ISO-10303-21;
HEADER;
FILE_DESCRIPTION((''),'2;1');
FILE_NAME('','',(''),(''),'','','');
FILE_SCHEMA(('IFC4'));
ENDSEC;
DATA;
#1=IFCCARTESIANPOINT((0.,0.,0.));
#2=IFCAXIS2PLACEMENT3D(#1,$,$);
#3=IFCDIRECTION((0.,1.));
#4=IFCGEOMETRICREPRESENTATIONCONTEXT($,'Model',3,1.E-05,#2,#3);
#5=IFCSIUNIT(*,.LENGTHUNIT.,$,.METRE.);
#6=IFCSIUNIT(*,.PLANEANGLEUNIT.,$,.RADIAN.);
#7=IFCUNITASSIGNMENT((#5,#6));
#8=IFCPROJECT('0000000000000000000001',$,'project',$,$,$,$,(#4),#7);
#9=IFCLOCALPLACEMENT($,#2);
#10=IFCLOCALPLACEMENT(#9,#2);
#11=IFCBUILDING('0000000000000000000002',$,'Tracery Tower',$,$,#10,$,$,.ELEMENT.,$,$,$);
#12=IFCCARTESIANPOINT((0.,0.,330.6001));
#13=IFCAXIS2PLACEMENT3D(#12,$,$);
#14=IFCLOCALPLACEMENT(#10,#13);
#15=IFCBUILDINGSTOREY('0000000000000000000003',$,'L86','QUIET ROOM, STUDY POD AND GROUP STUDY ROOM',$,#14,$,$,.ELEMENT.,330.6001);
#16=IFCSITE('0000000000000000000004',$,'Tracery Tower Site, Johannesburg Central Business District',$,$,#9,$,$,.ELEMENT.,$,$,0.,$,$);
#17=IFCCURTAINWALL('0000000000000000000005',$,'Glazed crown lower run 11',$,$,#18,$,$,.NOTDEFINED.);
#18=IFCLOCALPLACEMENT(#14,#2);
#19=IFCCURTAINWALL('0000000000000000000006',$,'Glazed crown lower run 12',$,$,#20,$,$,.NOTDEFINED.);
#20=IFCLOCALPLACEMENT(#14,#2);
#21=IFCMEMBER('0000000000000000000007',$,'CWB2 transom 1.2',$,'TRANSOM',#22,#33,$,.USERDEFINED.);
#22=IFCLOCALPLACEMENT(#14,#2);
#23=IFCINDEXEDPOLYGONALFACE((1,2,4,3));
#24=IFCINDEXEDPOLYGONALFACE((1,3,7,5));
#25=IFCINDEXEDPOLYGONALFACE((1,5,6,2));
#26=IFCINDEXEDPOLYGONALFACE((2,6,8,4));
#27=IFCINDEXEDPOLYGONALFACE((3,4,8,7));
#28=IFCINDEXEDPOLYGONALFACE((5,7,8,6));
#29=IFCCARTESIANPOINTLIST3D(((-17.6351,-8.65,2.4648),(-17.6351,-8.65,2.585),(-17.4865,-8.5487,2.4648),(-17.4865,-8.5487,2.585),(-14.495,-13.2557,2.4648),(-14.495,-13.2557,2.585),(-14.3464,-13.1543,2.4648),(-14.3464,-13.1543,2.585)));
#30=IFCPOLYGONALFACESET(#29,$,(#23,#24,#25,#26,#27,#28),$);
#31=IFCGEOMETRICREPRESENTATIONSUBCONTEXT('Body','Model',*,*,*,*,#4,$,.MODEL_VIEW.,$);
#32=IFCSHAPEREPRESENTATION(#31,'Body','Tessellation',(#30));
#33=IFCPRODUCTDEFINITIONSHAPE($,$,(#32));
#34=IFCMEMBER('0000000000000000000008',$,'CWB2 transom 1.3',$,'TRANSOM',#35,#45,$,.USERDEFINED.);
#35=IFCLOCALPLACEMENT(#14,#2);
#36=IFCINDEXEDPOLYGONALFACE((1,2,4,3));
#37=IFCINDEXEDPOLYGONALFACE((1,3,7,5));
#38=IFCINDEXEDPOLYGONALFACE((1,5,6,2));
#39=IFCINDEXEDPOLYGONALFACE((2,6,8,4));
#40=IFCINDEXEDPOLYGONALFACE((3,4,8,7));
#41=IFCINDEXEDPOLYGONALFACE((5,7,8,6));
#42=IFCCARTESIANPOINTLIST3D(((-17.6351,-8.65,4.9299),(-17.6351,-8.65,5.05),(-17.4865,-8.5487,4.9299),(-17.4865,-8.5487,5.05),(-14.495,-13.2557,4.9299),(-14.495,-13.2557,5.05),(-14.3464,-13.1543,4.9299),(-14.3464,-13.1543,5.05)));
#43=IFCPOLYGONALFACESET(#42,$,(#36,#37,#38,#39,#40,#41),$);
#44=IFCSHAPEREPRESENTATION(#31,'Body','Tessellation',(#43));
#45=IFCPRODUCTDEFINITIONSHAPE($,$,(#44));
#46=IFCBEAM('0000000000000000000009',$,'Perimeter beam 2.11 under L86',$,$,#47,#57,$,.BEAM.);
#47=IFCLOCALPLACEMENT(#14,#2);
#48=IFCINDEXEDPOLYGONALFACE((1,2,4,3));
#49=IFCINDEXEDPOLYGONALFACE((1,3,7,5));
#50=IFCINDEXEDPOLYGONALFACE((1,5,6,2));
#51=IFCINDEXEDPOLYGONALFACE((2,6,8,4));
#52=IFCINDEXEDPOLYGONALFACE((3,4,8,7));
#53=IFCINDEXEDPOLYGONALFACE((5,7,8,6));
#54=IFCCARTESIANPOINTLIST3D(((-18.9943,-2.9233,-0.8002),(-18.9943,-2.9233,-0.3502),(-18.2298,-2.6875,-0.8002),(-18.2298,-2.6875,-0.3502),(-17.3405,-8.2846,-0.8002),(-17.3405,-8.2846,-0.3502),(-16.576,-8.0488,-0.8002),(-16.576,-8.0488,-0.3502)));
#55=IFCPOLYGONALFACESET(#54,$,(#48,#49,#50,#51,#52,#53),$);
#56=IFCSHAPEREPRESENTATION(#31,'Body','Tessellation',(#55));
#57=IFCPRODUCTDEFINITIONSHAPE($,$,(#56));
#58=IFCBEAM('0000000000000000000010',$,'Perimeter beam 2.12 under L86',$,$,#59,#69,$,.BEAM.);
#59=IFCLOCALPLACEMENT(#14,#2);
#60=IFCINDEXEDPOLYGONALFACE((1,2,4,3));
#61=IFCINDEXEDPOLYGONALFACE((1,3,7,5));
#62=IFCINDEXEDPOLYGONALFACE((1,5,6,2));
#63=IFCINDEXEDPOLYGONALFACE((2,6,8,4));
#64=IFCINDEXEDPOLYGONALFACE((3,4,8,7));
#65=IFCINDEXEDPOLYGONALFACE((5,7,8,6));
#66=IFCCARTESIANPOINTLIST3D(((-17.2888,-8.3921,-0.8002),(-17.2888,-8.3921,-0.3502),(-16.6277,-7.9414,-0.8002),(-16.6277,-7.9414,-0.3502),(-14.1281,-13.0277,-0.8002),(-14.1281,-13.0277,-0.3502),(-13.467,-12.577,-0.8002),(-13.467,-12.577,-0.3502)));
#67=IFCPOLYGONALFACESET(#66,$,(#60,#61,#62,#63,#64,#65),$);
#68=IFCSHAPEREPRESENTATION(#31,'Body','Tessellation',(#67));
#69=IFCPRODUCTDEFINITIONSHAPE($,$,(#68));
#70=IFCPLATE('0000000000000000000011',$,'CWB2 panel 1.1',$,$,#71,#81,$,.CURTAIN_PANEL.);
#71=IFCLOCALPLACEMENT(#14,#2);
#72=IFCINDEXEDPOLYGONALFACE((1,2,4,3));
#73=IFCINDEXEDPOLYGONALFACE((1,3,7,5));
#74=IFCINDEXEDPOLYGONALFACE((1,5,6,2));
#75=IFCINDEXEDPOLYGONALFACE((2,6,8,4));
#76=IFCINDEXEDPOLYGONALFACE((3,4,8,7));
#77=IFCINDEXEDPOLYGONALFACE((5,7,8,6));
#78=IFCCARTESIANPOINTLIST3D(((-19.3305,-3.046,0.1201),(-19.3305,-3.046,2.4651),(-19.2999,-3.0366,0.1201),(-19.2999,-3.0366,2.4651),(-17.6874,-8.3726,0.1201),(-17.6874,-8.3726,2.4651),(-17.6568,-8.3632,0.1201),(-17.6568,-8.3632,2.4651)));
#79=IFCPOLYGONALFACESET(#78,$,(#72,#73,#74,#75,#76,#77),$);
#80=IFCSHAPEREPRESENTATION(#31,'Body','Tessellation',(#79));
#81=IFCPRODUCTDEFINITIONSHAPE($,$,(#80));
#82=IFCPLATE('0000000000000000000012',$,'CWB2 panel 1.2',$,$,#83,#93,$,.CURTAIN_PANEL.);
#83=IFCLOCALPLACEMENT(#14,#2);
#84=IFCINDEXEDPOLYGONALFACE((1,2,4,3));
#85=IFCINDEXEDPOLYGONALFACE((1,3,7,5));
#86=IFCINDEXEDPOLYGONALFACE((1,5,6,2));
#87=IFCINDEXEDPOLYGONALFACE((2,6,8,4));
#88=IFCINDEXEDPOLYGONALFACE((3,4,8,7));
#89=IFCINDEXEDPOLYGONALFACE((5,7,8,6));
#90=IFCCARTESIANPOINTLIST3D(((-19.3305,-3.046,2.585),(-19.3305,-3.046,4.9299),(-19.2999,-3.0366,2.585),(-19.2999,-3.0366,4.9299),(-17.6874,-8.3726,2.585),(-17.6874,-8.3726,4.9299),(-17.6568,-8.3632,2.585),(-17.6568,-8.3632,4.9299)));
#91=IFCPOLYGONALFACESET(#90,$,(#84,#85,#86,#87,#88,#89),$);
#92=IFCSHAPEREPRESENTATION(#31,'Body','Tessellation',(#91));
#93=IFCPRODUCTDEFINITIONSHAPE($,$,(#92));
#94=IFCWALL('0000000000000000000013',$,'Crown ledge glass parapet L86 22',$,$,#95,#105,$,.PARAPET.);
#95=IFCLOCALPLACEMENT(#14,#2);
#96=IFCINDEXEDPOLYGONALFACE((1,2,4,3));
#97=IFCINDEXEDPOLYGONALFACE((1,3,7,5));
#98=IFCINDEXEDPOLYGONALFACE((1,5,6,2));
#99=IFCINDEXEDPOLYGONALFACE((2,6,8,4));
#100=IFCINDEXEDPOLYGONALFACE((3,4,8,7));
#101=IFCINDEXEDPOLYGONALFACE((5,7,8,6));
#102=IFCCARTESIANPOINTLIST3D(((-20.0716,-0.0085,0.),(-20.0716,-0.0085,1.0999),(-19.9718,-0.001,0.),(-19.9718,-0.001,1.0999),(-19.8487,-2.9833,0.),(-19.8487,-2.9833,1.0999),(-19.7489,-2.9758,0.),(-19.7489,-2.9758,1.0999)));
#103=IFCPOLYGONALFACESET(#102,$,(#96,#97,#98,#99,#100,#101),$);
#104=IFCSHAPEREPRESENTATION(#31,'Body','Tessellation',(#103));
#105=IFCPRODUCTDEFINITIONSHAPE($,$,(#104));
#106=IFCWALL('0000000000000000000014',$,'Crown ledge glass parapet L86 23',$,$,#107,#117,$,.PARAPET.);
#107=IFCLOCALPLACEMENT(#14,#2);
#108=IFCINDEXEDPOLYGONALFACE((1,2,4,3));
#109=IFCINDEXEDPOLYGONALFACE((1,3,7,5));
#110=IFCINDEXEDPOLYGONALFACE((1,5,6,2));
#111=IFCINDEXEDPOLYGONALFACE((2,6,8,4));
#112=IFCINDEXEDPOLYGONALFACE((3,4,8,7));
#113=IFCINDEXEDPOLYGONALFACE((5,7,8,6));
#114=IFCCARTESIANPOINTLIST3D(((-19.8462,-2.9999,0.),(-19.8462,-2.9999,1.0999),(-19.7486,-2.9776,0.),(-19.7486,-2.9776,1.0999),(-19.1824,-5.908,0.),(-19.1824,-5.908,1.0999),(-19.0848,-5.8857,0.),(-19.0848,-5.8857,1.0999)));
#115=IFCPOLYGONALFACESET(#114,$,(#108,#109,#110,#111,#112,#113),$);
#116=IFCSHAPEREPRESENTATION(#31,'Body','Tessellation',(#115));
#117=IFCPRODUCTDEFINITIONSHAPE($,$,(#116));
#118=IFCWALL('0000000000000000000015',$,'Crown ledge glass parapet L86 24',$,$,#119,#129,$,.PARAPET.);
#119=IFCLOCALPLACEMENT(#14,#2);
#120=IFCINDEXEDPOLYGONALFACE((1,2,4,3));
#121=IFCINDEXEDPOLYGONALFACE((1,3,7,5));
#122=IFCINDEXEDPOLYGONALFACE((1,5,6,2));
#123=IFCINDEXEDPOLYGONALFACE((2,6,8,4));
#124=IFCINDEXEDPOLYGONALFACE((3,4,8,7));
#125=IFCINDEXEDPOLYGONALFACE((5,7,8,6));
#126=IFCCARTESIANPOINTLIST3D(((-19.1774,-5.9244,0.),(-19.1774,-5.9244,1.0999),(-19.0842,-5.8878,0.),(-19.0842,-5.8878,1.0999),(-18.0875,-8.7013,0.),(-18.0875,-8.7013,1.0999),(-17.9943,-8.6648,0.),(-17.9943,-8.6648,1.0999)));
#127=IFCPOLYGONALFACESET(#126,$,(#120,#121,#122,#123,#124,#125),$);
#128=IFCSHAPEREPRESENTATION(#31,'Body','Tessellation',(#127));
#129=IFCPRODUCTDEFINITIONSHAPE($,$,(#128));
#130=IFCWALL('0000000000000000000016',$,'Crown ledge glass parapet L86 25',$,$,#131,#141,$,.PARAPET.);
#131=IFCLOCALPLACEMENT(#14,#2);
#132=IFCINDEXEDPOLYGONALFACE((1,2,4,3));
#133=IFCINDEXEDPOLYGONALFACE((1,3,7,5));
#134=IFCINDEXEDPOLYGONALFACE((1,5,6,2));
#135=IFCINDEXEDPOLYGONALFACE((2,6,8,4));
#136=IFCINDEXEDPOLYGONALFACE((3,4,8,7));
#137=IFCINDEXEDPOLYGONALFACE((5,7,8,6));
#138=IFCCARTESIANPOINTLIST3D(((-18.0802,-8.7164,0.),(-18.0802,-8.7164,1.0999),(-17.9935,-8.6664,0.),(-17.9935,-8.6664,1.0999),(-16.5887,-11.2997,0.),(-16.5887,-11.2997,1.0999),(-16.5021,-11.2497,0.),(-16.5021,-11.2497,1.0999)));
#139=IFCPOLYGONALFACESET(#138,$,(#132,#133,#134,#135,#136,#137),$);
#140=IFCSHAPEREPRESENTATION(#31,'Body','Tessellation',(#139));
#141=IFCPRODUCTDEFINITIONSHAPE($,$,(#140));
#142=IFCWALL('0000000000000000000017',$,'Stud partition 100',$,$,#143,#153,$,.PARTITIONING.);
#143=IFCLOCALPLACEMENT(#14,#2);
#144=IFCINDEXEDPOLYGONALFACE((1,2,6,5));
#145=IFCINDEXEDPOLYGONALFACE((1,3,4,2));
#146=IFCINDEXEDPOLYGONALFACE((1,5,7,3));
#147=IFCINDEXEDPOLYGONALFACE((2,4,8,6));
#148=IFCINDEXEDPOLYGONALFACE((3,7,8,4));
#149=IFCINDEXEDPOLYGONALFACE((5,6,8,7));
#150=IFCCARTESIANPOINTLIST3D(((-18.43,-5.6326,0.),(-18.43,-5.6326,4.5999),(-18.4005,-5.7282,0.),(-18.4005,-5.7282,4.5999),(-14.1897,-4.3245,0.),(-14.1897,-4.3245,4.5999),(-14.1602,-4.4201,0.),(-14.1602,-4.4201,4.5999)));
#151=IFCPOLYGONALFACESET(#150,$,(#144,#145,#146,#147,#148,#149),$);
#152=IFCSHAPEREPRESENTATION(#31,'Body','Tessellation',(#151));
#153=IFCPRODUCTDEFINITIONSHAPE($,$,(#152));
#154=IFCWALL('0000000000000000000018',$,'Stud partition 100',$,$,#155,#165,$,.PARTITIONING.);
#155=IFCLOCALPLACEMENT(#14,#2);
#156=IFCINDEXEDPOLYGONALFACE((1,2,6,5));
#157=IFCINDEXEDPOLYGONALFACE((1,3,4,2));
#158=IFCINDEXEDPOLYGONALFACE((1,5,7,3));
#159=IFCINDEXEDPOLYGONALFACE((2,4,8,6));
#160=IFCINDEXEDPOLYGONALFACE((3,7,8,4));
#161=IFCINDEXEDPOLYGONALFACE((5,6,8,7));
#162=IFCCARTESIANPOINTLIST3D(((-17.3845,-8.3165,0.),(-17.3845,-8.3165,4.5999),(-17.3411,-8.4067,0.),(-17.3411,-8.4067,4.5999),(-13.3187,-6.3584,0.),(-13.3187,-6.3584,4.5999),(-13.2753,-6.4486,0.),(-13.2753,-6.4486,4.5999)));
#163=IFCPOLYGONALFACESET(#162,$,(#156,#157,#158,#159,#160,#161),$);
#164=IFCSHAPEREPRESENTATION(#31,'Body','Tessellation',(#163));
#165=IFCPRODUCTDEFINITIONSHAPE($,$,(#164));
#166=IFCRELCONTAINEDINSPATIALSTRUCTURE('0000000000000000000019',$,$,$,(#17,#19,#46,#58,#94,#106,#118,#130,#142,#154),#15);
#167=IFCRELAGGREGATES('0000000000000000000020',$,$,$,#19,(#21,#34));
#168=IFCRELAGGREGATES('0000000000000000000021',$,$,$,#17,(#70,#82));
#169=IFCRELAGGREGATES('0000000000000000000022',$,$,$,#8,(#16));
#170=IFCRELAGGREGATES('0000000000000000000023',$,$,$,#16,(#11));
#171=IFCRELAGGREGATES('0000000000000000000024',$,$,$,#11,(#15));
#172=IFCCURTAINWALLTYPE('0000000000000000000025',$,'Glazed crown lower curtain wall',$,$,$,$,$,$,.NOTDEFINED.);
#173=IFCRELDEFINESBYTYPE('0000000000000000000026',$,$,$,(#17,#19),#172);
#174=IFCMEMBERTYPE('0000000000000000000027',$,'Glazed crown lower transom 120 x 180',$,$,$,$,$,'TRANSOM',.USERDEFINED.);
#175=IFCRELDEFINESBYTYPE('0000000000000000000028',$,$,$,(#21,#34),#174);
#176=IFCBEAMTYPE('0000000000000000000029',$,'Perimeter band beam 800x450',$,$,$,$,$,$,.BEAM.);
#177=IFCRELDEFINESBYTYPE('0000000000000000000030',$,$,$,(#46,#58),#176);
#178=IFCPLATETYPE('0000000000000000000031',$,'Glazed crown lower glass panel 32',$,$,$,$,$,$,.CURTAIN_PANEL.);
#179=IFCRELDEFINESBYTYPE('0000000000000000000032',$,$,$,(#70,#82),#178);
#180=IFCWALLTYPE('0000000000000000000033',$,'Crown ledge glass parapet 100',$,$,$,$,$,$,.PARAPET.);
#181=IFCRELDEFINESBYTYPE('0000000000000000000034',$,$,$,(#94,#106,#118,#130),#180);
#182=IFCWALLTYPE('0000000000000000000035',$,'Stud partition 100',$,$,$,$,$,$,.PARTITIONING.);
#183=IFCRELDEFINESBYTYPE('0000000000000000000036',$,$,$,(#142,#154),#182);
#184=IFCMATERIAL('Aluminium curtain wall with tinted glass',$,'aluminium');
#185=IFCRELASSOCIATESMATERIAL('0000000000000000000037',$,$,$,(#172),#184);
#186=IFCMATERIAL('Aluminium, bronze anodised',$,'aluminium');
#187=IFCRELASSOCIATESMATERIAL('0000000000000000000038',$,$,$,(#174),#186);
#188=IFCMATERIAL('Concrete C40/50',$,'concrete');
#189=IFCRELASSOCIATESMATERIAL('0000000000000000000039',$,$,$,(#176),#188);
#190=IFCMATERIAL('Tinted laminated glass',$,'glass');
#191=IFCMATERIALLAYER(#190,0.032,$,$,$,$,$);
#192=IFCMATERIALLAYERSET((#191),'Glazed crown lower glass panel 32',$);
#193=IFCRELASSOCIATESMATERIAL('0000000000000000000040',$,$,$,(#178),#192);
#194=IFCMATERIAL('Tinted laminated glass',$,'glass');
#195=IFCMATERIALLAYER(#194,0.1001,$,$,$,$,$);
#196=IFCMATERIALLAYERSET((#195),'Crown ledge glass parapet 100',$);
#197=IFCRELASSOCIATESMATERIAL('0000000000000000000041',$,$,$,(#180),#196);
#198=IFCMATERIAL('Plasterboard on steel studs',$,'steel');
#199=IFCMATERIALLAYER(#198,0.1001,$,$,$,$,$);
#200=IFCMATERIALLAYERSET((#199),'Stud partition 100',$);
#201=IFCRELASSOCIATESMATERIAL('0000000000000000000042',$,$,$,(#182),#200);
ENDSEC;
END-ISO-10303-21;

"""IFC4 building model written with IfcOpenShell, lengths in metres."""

from ifc_helpers import new_model, si_unit, direction, frame, frame_2d, origin, origin_2d, place, context, subcontext, project, spatial, rectangle, extrude, material, layer, layer_set, material_profile, profile_set, type_object, element, aggregate, save


model = new_model("IFC4")

# Units and contexts
model_context = context("Model", 3, precision=1e-05, world=origin(), true_north=direction((0.0, 1.0)))
body_context = subcontext(model_context, "Body", "Model", "MODEL_VIEW")
ifc_project = project(units=[si_unit("LENGTHUNIT", "METRE"), si_unit("PLANEANGLEUNIT", "RADIAN")], contexts=[model_context])

# Site, building, storey
site_placement = place(None, origin())
site = spatial("IfcSite", under=ifc_project, at=site_placement, Name="Tracery Tower Site, Johannesburg Central Business District", CompositionType="ELEMENT", RefElevation=0.0)
building_placement = place(site_placement, origin())
building = spatial("IfcBuilding", under=site, at=building_placement, Name="Tracery Tower", CompositionType="ELEMENT")
storey_placement = place(building_placement, frame((0.0, 0.0, 330.6001)))
storey = spatial("IfcBuildingStorey", under=building, at=storey_placement, Name="L86", Description="QUIET ROOM, STUDY POD AND GROUP STUDY ROOM", CompositionType="ELEMENT", Elevation=330.6001)

# Shared definitions
ifc_material_1 = material(Name="Aluminium curtain wall with tinted glass", Category="aluminium")
curtain_wall_type = type_object("IfcCurtainWallType", Name="Glazed crown lower curtain wall", PredefinedType="NOTDEFINED", material=ifc_material_1)

# Curtain wall
curtain_wall_1_placement = place(storey_placement, origin())
curtain_wall_1 = element("IfcCurtainWall", 1, at=curtain_wall_1_placement, inside=storey, type_object=curtain_wall_type, Name="Glazed crown lower run 11", PredefinedType="NOTDEFINED")

# Curtain wall
curtain_wall_2_placement = place(storey_placement, origin())
curtain_wall_2 = element("IfcCurtainWall", 2, at=curtain_wall_2_placement, inside=storey, type_object=curtain_wall_type, Name="Glazed crown lower run 12", PredefinedType="NOTDEFINED")

# Members
ifc_material_2 = material(Name="Aluminium, bronze anodised", Category="aluminium")
ifc_material_profile_1 = material_profile(ifc_material_2, rectangle(XDim=0.1799, YDim=0.1201, at=origin_2d()), Name="Glazed crown lower transom 120 x 180")
ifc_profile_set_1 = profile_set([ifc_material_profile_1], Name="Aluminium, bronze anodised")
member_type_1 = type_object("IfcMemberType", Name="Glazed crown lower transom 120 x 180", ElementType="TRANSOM", PredefinedType="USERDEFINED", material=ifc_profile_set_1)
member_1_placement = place(storey_placement, frame((-17.5608, -8.5994, 2.5249), z_axis=(0.563322, -0.826238, 0.0), x_axis=(0.826238, 0.563322, 0.0)))
member_1 = element("IfcMember", 3, at=member_1_placement, type_object=member_type_1, Name="CWB2 transom 1.2", ObjectType="TRANSOM", PredefinedType="USERDEFINED", context=body_context, shape_type="SweptSolid", body=[
    extrude(rectangle(XDim=0.1799, YDim=0.1201, at=origin_2d()), origin(), (0.0, 0.0, 1.0), 5.5742),
])
member_2_placement = place(storey_placement, frame((-17.5608, -8.5994, 4.99), z_axis=(0.563322, -0.826238, 0.0), x_axis=(0.826238, 0.563322, 0.0)))
member_2 = element("IfcMember", 4, at=member_2_placement, type_object=member_type_1, Name="CWB2 transom 1.3", ObjectType="TRANSOM", PredefinedType="USERDEFINED", context=body_context, shape_type="SweptSolid", body=[
    extrude(rectangle(XDim=0.1799, YDim=0.1201, at=origin_2d()), origin(), (0.0, 0.0, 1.0), 5.5742),
])
aggregate(curtain_wall_2, [member_1, member_2])

# Beams
ifc_material_3 = material(Name="Concrete C40/50", Category="concrete")
ifc_material_profile_2 = material_profile(ifc_material_3, rectangle(XDim=0.8, YDim=0.45, at=origin_2d()), Name="RC 800x450")
ifc_profile_set_2 = profile_set([ifc_material_profile_2], Name="Concrete C40/50")
beam_type = type_object("IfcBeamType", Name="Perimeter band beam 800x450", PredefinedType="BEAM", material=ifc_profile_set_2)
for number, where, z_axis, x_axis, name in (
    (5, (-18.6121, -2.8054, -0.5752), (0.294765, -0.95557, 0.0), (0.95557, 0.294765, 0.0), "Perimeter beam 2.11 under L86"),
    (6, (-16.9583, -8.1667, -0.5752), (0.563346, -0.826221, 0.0), (0.826221, 0.563346, 0.0), "Perimeter beam 2.12 under L86"),
):
    element("IfcBeam", number, at=place(storey_placement, frame(where, z_axis=z_axis, x_axis=x_axis)), inside=storey, type_object=beam_type, Name=name, PredefinedType="BEAM", context=body_context, shape_type="SweptSolid", body=[
        extrude(rectangle(XDim=0.8, YDim=0.45, at=origin_2d()), origin(), (0.0, 0.0, 1.0), 5.6106),
    ])

# Plates
ifc_material_4 = material(Name="Tinted laminated glass", Category="glass")
ifc_layer_1 = layer(ifc_material_4, 0.032)
ifc_layer_set_1 = layer_set([ifc_layer_1], Name="Glazed crown lower glass panel 32")
plate_type = type_object("IfcPlateType", Name="Glazed crown lower glass panel 32", PredefinedType="CURTAIN_PANEL", material=ifc_layer_set_1)
plate_1_placement = place(storey_placement, frame((-18.4937, -5.7046, 0.1201), z_axis=(0.0, 0.0, 1.0), x_axis=(0.294761, -0.955571, 0.0)))
plate_1 = element("IfcPlate", 7, at=plate_1_placement, type_object=plate_type, Name="CWB2 panel 1.1", PredefinedType="CURTAIN_PANEL", context=body_context, shape_type="SweptSolid", body=[
    extrude(rectangle(XDim=5.5742, YDim=0.032, at=origin_2d()), origin(), (0.0, 0.0, 1.0), 2.345),
])
plate_2_placement = place(storey_placement, frame((-18.4937, -5.7046, 2.585), z_axis=(0.0, 0.0, 1.0), x_axis=(0.294761, -0.955571, 0.0)))
plate_2 = element("IfcPlate", 8, at=plate_2_placement, type_object=plate_type, Name="CWB2 panel 1.2", PredefinedType="CURTAIN_PANEL", context=body_context, shape_type="SweptSolid", body=[
    extrude(rectangle(XDim=5.5742, YDim=0.032, at=origin_2d()), origin(), (0.0, 0.0, 1.0), 2.345),
])
aggregate(curtain_wall_1, [plate_1, plate_2])

# Walls
ifc_material_5 = material(Name="Tinted laminated glass", Category="glass")
ifc_layer_2 = layer(ifc_material_5, 0.1001)
ifc_layer_set_2 = layer_set([ifc_layer_2], Name="Crown ledge glass parapet 100")
wall_type_1 = type_object("IfcWallType", Name="Crown ledge glass parapet 100", PredefinedType="PARAPET", material=ifc_layer_set_2)
wall_1_placement = place(storey_placement, frame((-20.0217, -0.0046, 0.0), z_axis=(0.0, 0.0, 1.0), x_axis=(0.074719, -0.997205, 0.0)))
element("IfcWall", 9, at=wall_1_placement, inside=storey, type_object=wall_type_1, Name="Crown ledge glass parapet L86 22", PredefinedType="PARAPET", context=body_context, shape_type="SweptSolid", body=[
    extrude(rectangle(XDim=2.9832, YDim=0.1001, at=frame_2d((1.4917, 0.0))), origin(), (0.0, 0.0, 1.0), 1.0999),
])
wall_2_placement = place(storey_placement, frame((-19.7974, -2.9888, 0.0), z_axis=(0.0, 0.0, 1.0), x_axis=(0.222534, -0.974925, 0.0)))
element("IfcWall", 10, at=wall_2_placement, inside=storey, type_object=wall_type_1, Name="Crown ledge glass parapet L86 23", PredefinedType="PARAPET", context=body_context, shape_type="SweptSolid", body=[
    extrude(rectangle(XDim=2.9829, YDim=0.1001, at=frame_2d((1.4915, 0.0))), origin(), (0.0, 0.0, 1.0), 1.0999),
])
wall_3_placement = place(storey_placement, frame((-19.1309, -5.906, 0.0), z_axis=(0.0, 0.0, 1.0), x_axis=(0.365343, -0.930873, 0.0)))
element("IfcWall", 11, at=wall_3_placement, inside=storey, type_object=wall_type_1, Name="Crown ledge glass parapet L86 24", PredefinedType="PARAPET", context=body_context, shape_type="SweptSolid", body=[
    extrude(rectangle(XDim=2.9832, YDim=0.1001, at=frame_2d((1.4917, 0.0))), origin(), (0.0, 0.0, 1.0), 1.0999),
])
wall_4_placement = place(storey_placement, frame((-18.0369, -8.6914, 0.0), z_axis=(0.0, 0.0, 1.0), x_axis=(0.500003, -0.866023, 0.0)))
element("IfcWall", 12, at=wall_4_placement, inside=storey, type_object=wall_type_1, Name="Crown ledge glass parapet L86 25", PredefinedType="PARAPET", context=body_context, shape_type="SweptSolid", body=[
    extrude(rectangle(XDim=2.9829, YDim=0.1001, at=frame_2d((1.4915, 0.0))), origin(), (0.0, 0.0, 1.0), 1.0999),
])
ifc_material_6 = material(Name="Plasterboard on steel studs", Category="steel")
ifc_layer_3 = layer(ifc_material_6, 0.1001)
ifc_layer_set_3 = layer_set([ifc_layer_3], Name="Stud partition 100")
wall_type_2 = type_object("IfcWallType", Name="Stud partition 100", PredefinedType="PARTITIONING", material=ifc_layer_set_3)
wall_5_placement = place(storey_placement, frame((-18.4153, -5.6804, 0.0), z_axis=(0.0, 0.0, 1.0), x_axis=(0.955562, 0.294789, 0.0)))
element("IfcWall", 13, at=wall_5_placement, inside=storey, type_object=wall_type_2, Name="Stud partition 100", PredefinedType="PARTITIONING", context=body_context, shape_type="SweptSolid", body=[
    extrude(rectangle(XDim=4.4375, YDim=0.1001, at=frame_2d((2.2188, 0.0))), origin(), (0.0, 0.0, 1.0), 4.5999),
])
wall_6_placement = place(storey_placement, frame((-17.3628, -8.3616, 0.0), z_axis=(0.0, 0.0, 1.0), x_axis=(0.900962, 0.433899, 0.0)))
element("IfcWall", 14, at=wall_6_placement, inside=storey, type_object=wall_type_2, Name="Stud partition 100", PredefinedType="PARTITIONING", context=body_context, shape_type="SweptSolid", body=[
    extrude(rectangle(XDim=4.5127, YDim=0.1001, at=frame_2d((2.2563, 0.0))), origin(), (0.0, 0.0, 1.0), 4.5999),
])

save(model, "model.ifc")
